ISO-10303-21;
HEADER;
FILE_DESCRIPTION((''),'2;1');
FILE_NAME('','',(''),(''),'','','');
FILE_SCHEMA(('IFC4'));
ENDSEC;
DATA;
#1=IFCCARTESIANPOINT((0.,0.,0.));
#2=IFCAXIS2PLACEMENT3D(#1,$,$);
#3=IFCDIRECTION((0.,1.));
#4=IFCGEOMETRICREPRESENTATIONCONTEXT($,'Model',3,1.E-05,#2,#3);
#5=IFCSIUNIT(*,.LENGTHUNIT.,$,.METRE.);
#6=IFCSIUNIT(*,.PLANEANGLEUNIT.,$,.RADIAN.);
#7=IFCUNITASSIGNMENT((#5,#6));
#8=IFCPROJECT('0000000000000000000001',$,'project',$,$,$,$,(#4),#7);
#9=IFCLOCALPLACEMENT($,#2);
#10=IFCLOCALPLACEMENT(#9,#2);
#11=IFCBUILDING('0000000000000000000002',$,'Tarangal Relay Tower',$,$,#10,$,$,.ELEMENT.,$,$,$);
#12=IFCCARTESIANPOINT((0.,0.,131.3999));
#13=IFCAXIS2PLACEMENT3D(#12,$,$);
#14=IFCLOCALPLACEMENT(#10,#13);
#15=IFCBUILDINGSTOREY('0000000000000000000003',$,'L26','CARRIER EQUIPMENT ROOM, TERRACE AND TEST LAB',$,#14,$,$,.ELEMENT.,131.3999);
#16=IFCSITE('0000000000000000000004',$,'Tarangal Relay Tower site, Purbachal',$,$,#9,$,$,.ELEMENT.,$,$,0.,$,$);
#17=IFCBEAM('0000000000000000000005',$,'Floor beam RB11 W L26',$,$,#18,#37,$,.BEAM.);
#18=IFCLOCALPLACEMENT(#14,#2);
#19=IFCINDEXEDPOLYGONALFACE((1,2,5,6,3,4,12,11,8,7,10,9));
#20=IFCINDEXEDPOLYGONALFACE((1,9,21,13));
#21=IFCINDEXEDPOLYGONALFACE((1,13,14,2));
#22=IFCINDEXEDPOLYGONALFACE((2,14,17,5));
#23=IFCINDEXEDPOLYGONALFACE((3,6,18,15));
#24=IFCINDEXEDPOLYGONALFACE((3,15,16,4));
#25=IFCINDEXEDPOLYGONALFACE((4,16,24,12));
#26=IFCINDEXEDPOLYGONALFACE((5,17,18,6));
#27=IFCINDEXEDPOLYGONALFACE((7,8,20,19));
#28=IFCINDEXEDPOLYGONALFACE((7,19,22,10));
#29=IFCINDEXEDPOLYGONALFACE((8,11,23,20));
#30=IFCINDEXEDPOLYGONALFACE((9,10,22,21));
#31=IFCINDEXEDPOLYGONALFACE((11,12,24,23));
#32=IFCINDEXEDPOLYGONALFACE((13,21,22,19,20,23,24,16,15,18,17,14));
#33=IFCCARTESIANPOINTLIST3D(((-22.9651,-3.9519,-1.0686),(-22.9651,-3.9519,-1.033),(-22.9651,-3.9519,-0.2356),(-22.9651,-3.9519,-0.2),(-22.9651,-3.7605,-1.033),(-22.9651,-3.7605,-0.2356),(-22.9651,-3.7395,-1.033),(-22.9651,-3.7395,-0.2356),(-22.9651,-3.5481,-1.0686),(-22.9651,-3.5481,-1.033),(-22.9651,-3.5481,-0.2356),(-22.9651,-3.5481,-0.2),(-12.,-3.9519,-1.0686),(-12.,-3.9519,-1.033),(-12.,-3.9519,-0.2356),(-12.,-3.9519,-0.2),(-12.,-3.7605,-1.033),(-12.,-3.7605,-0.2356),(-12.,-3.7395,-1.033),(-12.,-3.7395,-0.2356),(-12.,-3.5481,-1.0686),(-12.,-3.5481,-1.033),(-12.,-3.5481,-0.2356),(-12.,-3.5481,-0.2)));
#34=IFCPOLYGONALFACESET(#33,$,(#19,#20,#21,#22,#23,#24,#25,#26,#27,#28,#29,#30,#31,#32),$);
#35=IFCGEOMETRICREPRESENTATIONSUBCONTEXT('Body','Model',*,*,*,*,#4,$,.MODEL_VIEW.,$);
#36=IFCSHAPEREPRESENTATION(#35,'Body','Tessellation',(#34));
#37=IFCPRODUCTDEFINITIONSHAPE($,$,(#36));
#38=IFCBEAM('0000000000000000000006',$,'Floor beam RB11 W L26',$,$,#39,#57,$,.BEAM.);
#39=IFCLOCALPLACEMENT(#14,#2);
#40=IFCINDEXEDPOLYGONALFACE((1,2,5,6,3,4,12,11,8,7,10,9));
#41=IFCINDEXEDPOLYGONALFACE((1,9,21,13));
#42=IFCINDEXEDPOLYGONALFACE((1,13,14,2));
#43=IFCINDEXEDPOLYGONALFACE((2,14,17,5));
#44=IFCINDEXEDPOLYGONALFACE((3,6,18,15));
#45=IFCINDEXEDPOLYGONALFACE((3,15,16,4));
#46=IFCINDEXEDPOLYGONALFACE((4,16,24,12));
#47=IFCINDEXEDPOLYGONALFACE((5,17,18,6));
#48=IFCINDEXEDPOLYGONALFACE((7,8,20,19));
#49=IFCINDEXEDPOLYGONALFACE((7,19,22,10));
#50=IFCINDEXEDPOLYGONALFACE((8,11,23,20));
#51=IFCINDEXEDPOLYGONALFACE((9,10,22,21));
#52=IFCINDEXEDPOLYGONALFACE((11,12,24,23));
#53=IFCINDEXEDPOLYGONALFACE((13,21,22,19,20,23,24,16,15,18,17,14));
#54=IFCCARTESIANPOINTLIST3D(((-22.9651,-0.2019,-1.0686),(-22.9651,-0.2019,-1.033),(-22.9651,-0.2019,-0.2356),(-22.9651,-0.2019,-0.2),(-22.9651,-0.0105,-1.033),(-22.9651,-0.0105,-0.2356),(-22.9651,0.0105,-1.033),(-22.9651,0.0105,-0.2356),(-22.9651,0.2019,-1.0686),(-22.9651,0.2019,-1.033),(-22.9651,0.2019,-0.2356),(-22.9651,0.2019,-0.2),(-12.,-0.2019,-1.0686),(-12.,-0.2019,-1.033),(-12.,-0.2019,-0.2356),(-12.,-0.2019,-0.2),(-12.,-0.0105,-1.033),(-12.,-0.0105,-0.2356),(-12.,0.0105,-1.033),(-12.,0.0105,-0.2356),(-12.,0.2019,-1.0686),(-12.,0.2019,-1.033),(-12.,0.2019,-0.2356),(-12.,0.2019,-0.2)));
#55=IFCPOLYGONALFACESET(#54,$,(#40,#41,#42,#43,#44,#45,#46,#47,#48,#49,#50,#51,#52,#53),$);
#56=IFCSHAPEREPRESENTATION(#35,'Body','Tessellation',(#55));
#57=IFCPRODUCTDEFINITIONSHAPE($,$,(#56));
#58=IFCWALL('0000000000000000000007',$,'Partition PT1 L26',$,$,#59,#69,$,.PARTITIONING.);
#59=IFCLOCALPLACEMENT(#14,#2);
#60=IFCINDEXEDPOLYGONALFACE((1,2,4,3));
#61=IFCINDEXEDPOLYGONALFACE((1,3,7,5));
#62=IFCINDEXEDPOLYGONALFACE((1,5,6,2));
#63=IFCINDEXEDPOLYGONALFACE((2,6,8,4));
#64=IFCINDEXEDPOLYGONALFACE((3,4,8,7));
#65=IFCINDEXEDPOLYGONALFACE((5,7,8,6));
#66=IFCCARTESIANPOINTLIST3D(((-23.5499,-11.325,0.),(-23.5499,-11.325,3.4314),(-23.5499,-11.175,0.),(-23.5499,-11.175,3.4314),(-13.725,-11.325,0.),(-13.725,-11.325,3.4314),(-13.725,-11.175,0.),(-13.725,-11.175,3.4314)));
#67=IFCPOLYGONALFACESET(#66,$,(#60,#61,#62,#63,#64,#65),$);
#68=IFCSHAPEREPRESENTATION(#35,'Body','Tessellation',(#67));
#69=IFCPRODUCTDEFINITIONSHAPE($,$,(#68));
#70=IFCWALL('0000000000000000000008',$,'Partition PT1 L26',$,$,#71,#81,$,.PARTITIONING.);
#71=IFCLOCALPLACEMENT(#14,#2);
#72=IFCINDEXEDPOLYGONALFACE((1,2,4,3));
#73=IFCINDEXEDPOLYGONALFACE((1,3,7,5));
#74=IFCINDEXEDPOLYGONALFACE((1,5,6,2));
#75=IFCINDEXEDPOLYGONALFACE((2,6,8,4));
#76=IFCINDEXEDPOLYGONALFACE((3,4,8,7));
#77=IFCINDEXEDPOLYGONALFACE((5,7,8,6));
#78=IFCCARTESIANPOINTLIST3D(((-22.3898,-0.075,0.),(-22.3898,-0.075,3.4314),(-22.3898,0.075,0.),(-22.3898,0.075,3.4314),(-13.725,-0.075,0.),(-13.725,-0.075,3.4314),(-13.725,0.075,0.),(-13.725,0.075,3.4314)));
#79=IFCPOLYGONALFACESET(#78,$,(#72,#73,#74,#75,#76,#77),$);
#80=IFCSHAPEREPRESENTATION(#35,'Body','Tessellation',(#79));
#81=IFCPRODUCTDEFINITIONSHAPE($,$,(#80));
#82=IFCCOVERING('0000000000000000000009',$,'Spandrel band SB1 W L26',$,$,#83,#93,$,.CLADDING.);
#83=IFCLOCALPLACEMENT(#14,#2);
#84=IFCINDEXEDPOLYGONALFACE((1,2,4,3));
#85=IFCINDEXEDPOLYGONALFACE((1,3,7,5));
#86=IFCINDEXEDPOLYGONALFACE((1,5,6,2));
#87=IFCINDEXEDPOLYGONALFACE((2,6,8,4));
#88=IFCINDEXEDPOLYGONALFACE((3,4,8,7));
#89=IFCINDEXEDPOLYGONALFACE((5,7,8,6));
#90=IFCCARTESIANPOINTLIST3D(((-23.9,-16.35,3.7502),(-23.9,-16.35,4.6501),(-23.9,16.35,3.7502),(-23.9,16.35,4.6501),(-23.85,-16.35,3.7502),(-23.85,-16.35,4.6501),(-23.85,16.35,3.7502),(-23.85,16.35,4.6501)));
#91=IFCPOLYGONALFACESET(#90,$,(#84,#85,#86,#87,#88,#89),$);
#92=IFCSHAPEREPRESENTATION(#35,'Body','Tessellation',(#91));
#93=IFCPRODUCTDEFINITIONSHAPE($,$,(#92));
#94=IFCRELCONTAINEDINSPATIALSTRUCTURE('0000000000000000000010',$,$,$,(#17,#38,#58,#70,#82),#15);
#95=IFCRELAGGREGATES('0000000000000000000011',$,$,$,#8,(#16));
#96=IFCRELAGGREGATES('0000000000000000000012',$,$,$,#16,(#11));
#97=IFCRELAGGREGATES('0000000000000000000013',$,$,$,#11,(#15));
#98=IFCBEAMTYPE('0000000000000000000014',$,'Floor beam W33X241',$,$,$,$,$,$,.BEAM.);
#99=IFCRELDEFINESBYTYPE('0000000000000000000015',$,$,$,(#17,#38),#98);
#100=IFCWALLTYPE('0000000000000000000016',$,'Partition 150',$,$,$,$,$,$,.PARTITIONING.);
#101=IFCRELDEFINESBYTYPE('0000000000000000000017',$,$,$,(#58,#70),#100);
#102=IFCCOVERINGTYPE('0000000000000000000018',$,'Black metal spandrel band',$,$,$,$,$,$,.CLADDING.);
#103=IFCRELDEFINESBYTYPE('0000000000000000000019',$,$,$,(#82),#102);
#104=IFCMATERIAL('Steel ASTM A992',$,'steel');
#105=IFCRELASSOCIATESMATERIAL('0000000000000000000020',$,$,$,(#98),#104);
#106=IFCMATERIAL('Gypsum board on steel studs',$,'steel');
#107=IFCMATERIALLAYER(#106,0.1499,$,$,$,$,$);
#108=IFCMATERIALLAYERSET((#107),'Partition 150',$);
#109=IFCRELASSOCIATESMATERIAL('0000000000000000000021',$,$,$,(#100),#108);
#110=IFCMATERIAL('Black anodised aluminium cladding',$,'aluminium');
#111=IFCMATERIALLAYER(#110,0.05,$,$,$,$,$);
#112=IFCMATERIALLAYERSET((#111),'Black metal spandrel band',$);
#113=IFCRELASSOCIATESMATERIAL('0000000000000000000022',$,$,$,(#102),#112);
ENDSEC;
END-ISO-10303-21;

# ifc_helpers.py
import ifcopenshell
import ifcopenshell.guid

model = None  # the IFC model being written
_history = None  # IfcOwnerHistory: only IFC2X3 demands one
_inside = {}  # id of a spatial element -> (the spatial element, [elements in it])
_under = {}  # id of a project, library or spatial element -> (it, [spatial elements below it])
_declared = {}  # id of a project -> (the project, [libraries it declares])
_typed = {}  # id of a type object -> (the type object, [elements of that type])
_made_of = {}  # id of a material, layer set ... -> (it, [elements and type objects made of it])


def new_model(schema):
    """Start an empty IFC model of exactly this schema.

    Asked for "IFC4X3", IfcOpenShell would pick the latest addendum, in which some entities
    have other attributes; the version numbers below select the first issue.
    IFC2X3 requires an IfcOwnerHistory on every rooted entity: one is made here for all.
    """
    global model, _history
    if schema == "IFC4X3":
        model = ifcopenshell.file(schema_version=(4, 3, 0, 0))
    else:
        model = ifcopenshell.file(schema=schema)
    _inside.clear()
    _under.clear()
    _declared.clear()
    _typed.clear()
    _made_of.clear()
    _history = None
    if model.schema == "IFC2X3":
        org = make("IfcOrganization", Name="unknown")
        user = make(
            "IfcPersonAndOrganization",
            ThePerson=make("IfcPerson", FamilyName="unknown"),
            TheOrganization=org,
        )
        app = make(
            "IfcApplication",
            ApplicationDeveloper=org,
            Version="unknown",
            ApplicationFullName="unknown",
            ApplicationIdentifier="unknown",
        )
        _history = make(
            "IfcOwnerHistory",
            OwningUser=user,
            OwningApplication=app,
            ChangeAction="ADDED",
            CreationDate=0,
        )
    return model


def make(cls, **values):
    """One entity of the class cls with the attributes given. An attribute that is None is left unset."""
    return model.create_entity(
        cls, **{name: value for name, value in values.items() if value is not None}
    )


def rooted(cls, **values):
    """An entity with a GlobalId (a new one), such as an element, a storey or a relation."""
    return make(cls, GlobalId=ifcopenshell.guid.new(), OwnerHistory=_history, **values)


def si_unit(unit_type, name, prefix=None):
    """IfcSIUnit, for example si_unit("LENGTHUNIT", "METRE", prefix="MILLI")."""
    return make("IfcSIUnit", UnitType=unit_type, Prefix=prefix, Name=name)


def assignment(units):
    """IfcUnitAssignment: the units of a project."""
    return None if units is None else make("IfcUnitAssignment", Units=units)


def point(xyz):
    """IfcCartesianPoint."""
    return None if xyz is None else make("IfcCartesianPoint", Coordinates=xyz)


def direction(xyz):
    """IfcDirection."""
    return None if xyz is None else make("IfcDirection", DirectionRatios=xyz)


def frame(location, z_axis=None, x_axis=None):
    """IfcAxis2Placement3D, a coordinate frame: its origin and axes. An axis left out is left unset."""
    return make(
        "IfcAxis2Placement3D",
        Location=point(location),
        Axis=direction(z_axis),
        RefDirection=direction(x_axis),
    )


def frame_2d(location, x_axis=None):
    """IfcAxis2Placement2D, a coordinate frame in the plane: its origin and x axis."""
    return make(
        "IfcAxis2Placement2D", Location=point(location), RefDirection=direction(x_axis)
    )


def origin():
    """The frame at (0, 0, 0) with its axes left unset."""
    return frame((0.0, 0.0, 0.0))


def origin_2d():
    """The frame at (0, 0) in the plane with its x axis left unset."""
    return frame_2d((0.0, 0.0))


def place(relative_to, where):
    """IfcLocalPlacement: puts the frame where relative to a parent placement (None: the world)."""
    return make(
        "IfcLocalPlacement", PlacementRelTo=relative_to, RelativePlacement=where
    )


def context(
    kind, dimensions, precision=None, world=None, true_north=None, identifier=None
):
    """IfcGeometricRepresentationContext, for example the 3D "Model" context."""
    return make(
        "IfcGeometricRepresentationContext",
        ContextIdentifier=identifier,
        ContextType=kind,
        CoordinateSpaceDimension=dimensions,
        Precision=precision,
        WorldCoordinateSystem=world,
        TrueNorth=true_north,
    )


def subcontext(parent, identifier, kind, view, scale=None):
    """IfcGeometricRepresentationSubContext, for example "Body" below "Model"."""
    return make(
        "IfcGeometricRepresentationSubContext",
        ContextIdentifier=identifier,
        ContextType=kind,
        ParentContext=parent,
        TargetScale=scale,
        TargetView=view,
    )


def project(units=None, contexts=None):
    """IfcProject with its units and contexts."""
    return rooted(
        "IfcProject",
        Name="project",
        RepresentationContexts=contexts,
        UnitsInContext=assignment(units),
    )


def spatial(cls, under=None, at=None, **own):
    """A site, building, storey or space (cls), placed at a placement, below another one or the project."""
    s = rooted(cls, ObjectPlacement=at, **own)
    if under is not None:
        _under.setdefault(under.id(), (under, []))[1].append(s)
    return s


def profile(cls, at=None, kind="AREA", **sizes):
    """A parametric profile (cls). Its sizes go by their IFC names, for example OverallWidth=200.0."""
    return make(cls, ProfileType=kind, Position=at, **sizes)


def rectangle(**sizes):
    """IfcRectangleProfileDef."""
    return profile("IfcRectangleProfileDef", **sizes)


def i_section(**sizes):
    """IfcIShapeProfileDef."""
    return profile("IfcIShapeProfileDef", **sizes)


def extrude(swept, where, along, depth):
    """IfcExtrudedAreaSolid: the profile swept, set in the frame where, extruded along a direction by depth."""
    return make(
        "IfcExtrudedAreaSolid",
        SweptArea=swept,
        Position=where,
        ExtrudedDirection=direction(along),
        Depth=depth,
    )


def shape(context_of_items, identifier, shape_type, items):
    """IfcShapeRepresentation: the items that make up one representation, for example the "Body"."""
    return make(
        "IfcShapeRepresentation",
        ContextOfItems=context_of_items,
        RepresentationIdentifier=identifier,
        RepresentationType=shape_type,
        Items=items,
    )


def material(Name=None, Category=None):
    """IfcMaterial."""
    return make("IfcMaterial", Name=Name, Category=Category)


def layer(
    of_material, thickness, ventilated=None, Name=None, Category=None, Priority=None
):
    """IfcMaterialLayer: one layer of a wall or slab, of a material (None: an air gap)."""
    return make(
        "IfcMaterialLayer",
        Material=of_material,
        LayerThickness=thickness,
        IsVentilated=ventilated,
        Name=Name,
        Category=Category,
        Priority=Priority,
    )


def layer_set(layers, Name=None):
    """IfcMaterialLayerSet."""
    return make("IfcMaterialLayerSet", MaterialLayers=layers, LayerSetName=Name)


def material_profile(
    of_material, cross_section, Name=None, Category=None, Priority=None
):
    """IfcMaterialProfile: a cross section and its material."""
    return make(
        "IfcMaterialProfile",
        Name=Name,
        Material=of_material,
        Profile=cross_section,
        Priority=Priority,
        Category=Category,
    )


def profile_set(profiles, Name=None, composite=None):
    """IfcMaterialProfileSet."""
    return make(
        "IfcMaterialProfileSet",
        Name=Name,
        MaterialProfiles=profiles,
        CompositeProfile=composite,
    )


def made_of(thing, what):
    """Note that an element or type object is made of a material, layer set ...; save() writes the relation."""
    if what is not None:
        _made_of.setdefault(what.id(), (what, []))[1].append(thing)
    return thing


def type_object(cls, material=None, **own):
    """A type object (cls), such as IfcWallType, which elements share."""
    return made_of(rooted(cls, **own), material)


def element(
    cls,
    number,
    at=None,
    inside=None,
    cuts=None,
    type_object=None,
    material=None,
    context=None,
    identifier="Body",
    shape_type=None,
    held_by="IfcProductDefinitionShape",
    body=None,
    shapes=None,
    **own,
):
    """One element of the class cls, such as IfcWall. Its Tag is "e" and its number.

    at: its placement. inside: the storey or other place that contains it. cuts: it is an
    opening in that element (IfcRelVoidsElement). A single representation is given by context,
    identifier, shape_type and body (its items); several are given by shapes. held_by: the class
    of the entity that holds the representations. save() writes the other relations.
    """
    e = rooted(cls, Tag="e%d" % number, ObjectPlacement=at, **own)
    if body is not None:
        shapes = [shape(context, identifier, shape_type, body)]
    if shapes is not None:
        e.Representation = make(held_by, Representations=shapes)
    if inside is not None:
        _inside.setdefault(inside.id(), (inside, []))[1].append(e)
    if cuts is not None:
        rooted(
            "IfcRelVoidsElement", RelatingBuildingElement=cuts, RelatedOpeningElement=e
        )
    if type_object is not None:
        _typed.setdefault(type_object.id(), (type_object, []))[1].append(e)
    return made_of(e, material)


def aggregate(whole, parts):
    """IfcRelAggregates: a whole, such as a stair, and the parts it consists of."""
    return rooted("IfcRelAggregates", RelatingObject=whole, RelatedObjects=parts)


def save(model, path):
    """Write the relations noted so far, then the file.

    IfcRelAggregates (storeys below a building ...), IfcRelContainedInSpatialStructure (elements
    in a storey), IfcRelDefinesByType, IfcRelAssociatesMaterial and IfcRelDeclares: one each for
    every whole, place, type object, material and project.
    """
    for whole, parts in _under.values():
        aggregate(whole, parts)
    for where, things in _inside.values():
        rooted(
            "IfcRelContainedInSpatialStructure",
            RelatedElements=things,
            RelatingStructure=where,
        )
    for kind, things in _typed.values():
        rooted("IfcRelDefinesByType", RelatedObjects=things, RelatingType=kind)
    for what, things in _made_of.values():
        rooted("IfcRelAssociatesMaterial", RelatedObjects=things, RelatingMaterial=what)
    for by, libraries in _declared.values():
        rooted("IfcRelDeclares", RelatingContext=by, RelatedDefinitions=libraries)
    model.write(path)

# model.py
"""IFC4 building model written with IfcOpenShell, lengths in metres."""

from ifc_helpers import new_model, si_unit, direction, frame, frame_2d, origin, origin_2d, place, context, subcontext, project, spatial, rectangle, i_section, extrude, material, layer, layer_set, material_profile, profile_set, type_object, element, save


model = new_model("IFC4")

# Units and contexts
model_context = context("Model", 3, precision=1e-05, world=origin(), true_north=direction((0.0, 1.0)))
body_context = subcontext(model_context, "Body", "Model", "MODEL_VIEW")
ifc_project = project(units=[si_unit("LENGTHUNIT", "METRE"), si_unit("PLANEANGLEUNIT", "RADIAN")], contexts=[model_context])

# Site, building, storey
site_placement = place(None, origin())
site = spatial("IfcSite", under=ifc_project, at=site_placement, Name="Tarangal Relay Tower site, Purbachal", CompositionType="ELEMENT", RefElevation=0.0)
building_placement = place(site_placement, origin())
building = spatial("IfcBuilding", under=site, at=building_placement, Name="Tarangal Relay Tower", CompositionType="ELEMENT")
storey_placement = place(building_placement, frame((0.0, 0.0, 131.3999)))
storey = spatial("IfcBuildingStorey", under=building, at=storey_placement, Name="L26", Description="CARRIER EQUIPMENT ROOM, TERRACE AND TEST LAB", CompositionType="ELEMENT", Elevation=131.3999)

# Beams
ifc_material_1 = material(Name="Steel ASTM A992", Category="steel")
ifc_material_profile_1 = material_profile(ifc_material_1, i_section(OverallWidth=0.4038, OverallDepth=0.8687, WebThickness=0.021, FlangeThickness=0.0356, at=origin_2d()), Name="W33X241")
ifc_profile_set_1 = profile_set([ifc_material_profile_1], Name="Steel ASTM A992")
beam_type_1 = type_object("IfcBeamType", Name="Floor beam W33X241", PredefinedType="BEAM", material=ifc_profile_set_1)
for number, where, z_axis, x_axis, name in (
    (1, (-12.0, -3.75, -0.6343), (-1.0, 0.0, 0.0), (0.0, -1.0, 0.0), "Floor beam RB11 W L26"),
    (2, (-12.0, 0.0, -0.6343), (-1.0, 0.0, 0.0), (0.0, -1.0, 0.0), "Floor beam RB11 W L26"),
):
    element("IfcBeam", number, at=place(storey_placement, frame(where, z_axis=z_axis, x_axis=x_axis)), inside=storey, type_object=beam_type_1, Name=name, PredefinedType="BEAM", context=body_context, shape_type="SweptSolid", body=[
        extrude(i_section(OverallWidth=0.4038, OverallDepth=0.8687, WebThickness=0.021, FlangeThickness=0.0356, at=origin_2d()), origin(), (0.0, 0.0, 1.0), 10.9651),
    ])

# Walls
ifc_material_2 = material(Name="Gypsum board on steel studs", Category="steel")
ifc_layer_1 = layer(ifc_material_2, 0.1499)
ifc_layer_set_1 = layer_set([ifc_layer_1], Name="Partition 150")
wall_type = type_object("IfcWallType", Name="Partition 150", PredefinedType="PARTITIONING", material=ifc_layer_set_1)
wall_1_placement = place(storey_placement, frame((-23.55, -11.25, 0.0), z_axis=(0.0, 0.0, 1.0), x_axis=(1.0, 0.0, 0.0)))
element("IfcWall", 3, at=wall_1_placement, inside=storey, type_object=wall_type, Name="Partition PT1 L26", PredefinedType="PARTITIONING", context=body_context, shape_type="SweptSolid", body=[
    extrude(rectangle(XDim=9.825, YDim=0.1499, at=frame_2d((4.9126, 0.0))), origin(), (0.0, 0.0, 1.0), 3.4314),
])
wall_2_placement = place(storey_placement, frame((-22.3899, 0.0, 0.0), z_axis=(0.0, 0.0, 1.0), x_axis=(1.0, 0.0, 0.0)))
element("IfcWall", 4, at=wall_2_placement, inside=storey, type_object=wall_type, Name="Partition PT1 L26", PredefinedType="PARTITIONING", context=body_context, shape_type="SweptSolid", body=[
    extrude(rectangle(XDim=8.6648, YDim=0.1499, at=frame_2d((4.3325, 0.0))), origin(), (0.0, 0.0, 1.0), 3.4314),
])

# Covering
ifc_material_3 = material(Name="Black anodised aluminium cladding", Category="aluminium")
ifc_layer_2 = layer(ifc_material_3, 0.05)
ifc_layer_set_2 = layer_set([ifc_layer_2], Name="Black metal spandrel band")
covering_type = type_object("IfcCoveringType", Name="Black metal spandrel band", PredefinedType="CLADDING", material=ifc_layer_set_2)
covering_placement = place(storey_placement, frame((-23.875, 0.0, 3.7502), z_axis=(0.0, 0.0, 1.0), x_axis=(0.0, 1.0, 0.0)))
element("IfcCovering", 5, at=covering_placement, inside=storey, type_object=covering_type, Name="Spandrel band SB1 W L26", PredefinedType="CLADDING", context=body_context, shape_type="SweptSolid", body=[
    extrude(rectangle(XDim=32.7, YDim=0.05, at=origin_2d()), origin(), (0.0, 0.0, 1.0), 0.8999),
])

save(model, "model.ifc")
